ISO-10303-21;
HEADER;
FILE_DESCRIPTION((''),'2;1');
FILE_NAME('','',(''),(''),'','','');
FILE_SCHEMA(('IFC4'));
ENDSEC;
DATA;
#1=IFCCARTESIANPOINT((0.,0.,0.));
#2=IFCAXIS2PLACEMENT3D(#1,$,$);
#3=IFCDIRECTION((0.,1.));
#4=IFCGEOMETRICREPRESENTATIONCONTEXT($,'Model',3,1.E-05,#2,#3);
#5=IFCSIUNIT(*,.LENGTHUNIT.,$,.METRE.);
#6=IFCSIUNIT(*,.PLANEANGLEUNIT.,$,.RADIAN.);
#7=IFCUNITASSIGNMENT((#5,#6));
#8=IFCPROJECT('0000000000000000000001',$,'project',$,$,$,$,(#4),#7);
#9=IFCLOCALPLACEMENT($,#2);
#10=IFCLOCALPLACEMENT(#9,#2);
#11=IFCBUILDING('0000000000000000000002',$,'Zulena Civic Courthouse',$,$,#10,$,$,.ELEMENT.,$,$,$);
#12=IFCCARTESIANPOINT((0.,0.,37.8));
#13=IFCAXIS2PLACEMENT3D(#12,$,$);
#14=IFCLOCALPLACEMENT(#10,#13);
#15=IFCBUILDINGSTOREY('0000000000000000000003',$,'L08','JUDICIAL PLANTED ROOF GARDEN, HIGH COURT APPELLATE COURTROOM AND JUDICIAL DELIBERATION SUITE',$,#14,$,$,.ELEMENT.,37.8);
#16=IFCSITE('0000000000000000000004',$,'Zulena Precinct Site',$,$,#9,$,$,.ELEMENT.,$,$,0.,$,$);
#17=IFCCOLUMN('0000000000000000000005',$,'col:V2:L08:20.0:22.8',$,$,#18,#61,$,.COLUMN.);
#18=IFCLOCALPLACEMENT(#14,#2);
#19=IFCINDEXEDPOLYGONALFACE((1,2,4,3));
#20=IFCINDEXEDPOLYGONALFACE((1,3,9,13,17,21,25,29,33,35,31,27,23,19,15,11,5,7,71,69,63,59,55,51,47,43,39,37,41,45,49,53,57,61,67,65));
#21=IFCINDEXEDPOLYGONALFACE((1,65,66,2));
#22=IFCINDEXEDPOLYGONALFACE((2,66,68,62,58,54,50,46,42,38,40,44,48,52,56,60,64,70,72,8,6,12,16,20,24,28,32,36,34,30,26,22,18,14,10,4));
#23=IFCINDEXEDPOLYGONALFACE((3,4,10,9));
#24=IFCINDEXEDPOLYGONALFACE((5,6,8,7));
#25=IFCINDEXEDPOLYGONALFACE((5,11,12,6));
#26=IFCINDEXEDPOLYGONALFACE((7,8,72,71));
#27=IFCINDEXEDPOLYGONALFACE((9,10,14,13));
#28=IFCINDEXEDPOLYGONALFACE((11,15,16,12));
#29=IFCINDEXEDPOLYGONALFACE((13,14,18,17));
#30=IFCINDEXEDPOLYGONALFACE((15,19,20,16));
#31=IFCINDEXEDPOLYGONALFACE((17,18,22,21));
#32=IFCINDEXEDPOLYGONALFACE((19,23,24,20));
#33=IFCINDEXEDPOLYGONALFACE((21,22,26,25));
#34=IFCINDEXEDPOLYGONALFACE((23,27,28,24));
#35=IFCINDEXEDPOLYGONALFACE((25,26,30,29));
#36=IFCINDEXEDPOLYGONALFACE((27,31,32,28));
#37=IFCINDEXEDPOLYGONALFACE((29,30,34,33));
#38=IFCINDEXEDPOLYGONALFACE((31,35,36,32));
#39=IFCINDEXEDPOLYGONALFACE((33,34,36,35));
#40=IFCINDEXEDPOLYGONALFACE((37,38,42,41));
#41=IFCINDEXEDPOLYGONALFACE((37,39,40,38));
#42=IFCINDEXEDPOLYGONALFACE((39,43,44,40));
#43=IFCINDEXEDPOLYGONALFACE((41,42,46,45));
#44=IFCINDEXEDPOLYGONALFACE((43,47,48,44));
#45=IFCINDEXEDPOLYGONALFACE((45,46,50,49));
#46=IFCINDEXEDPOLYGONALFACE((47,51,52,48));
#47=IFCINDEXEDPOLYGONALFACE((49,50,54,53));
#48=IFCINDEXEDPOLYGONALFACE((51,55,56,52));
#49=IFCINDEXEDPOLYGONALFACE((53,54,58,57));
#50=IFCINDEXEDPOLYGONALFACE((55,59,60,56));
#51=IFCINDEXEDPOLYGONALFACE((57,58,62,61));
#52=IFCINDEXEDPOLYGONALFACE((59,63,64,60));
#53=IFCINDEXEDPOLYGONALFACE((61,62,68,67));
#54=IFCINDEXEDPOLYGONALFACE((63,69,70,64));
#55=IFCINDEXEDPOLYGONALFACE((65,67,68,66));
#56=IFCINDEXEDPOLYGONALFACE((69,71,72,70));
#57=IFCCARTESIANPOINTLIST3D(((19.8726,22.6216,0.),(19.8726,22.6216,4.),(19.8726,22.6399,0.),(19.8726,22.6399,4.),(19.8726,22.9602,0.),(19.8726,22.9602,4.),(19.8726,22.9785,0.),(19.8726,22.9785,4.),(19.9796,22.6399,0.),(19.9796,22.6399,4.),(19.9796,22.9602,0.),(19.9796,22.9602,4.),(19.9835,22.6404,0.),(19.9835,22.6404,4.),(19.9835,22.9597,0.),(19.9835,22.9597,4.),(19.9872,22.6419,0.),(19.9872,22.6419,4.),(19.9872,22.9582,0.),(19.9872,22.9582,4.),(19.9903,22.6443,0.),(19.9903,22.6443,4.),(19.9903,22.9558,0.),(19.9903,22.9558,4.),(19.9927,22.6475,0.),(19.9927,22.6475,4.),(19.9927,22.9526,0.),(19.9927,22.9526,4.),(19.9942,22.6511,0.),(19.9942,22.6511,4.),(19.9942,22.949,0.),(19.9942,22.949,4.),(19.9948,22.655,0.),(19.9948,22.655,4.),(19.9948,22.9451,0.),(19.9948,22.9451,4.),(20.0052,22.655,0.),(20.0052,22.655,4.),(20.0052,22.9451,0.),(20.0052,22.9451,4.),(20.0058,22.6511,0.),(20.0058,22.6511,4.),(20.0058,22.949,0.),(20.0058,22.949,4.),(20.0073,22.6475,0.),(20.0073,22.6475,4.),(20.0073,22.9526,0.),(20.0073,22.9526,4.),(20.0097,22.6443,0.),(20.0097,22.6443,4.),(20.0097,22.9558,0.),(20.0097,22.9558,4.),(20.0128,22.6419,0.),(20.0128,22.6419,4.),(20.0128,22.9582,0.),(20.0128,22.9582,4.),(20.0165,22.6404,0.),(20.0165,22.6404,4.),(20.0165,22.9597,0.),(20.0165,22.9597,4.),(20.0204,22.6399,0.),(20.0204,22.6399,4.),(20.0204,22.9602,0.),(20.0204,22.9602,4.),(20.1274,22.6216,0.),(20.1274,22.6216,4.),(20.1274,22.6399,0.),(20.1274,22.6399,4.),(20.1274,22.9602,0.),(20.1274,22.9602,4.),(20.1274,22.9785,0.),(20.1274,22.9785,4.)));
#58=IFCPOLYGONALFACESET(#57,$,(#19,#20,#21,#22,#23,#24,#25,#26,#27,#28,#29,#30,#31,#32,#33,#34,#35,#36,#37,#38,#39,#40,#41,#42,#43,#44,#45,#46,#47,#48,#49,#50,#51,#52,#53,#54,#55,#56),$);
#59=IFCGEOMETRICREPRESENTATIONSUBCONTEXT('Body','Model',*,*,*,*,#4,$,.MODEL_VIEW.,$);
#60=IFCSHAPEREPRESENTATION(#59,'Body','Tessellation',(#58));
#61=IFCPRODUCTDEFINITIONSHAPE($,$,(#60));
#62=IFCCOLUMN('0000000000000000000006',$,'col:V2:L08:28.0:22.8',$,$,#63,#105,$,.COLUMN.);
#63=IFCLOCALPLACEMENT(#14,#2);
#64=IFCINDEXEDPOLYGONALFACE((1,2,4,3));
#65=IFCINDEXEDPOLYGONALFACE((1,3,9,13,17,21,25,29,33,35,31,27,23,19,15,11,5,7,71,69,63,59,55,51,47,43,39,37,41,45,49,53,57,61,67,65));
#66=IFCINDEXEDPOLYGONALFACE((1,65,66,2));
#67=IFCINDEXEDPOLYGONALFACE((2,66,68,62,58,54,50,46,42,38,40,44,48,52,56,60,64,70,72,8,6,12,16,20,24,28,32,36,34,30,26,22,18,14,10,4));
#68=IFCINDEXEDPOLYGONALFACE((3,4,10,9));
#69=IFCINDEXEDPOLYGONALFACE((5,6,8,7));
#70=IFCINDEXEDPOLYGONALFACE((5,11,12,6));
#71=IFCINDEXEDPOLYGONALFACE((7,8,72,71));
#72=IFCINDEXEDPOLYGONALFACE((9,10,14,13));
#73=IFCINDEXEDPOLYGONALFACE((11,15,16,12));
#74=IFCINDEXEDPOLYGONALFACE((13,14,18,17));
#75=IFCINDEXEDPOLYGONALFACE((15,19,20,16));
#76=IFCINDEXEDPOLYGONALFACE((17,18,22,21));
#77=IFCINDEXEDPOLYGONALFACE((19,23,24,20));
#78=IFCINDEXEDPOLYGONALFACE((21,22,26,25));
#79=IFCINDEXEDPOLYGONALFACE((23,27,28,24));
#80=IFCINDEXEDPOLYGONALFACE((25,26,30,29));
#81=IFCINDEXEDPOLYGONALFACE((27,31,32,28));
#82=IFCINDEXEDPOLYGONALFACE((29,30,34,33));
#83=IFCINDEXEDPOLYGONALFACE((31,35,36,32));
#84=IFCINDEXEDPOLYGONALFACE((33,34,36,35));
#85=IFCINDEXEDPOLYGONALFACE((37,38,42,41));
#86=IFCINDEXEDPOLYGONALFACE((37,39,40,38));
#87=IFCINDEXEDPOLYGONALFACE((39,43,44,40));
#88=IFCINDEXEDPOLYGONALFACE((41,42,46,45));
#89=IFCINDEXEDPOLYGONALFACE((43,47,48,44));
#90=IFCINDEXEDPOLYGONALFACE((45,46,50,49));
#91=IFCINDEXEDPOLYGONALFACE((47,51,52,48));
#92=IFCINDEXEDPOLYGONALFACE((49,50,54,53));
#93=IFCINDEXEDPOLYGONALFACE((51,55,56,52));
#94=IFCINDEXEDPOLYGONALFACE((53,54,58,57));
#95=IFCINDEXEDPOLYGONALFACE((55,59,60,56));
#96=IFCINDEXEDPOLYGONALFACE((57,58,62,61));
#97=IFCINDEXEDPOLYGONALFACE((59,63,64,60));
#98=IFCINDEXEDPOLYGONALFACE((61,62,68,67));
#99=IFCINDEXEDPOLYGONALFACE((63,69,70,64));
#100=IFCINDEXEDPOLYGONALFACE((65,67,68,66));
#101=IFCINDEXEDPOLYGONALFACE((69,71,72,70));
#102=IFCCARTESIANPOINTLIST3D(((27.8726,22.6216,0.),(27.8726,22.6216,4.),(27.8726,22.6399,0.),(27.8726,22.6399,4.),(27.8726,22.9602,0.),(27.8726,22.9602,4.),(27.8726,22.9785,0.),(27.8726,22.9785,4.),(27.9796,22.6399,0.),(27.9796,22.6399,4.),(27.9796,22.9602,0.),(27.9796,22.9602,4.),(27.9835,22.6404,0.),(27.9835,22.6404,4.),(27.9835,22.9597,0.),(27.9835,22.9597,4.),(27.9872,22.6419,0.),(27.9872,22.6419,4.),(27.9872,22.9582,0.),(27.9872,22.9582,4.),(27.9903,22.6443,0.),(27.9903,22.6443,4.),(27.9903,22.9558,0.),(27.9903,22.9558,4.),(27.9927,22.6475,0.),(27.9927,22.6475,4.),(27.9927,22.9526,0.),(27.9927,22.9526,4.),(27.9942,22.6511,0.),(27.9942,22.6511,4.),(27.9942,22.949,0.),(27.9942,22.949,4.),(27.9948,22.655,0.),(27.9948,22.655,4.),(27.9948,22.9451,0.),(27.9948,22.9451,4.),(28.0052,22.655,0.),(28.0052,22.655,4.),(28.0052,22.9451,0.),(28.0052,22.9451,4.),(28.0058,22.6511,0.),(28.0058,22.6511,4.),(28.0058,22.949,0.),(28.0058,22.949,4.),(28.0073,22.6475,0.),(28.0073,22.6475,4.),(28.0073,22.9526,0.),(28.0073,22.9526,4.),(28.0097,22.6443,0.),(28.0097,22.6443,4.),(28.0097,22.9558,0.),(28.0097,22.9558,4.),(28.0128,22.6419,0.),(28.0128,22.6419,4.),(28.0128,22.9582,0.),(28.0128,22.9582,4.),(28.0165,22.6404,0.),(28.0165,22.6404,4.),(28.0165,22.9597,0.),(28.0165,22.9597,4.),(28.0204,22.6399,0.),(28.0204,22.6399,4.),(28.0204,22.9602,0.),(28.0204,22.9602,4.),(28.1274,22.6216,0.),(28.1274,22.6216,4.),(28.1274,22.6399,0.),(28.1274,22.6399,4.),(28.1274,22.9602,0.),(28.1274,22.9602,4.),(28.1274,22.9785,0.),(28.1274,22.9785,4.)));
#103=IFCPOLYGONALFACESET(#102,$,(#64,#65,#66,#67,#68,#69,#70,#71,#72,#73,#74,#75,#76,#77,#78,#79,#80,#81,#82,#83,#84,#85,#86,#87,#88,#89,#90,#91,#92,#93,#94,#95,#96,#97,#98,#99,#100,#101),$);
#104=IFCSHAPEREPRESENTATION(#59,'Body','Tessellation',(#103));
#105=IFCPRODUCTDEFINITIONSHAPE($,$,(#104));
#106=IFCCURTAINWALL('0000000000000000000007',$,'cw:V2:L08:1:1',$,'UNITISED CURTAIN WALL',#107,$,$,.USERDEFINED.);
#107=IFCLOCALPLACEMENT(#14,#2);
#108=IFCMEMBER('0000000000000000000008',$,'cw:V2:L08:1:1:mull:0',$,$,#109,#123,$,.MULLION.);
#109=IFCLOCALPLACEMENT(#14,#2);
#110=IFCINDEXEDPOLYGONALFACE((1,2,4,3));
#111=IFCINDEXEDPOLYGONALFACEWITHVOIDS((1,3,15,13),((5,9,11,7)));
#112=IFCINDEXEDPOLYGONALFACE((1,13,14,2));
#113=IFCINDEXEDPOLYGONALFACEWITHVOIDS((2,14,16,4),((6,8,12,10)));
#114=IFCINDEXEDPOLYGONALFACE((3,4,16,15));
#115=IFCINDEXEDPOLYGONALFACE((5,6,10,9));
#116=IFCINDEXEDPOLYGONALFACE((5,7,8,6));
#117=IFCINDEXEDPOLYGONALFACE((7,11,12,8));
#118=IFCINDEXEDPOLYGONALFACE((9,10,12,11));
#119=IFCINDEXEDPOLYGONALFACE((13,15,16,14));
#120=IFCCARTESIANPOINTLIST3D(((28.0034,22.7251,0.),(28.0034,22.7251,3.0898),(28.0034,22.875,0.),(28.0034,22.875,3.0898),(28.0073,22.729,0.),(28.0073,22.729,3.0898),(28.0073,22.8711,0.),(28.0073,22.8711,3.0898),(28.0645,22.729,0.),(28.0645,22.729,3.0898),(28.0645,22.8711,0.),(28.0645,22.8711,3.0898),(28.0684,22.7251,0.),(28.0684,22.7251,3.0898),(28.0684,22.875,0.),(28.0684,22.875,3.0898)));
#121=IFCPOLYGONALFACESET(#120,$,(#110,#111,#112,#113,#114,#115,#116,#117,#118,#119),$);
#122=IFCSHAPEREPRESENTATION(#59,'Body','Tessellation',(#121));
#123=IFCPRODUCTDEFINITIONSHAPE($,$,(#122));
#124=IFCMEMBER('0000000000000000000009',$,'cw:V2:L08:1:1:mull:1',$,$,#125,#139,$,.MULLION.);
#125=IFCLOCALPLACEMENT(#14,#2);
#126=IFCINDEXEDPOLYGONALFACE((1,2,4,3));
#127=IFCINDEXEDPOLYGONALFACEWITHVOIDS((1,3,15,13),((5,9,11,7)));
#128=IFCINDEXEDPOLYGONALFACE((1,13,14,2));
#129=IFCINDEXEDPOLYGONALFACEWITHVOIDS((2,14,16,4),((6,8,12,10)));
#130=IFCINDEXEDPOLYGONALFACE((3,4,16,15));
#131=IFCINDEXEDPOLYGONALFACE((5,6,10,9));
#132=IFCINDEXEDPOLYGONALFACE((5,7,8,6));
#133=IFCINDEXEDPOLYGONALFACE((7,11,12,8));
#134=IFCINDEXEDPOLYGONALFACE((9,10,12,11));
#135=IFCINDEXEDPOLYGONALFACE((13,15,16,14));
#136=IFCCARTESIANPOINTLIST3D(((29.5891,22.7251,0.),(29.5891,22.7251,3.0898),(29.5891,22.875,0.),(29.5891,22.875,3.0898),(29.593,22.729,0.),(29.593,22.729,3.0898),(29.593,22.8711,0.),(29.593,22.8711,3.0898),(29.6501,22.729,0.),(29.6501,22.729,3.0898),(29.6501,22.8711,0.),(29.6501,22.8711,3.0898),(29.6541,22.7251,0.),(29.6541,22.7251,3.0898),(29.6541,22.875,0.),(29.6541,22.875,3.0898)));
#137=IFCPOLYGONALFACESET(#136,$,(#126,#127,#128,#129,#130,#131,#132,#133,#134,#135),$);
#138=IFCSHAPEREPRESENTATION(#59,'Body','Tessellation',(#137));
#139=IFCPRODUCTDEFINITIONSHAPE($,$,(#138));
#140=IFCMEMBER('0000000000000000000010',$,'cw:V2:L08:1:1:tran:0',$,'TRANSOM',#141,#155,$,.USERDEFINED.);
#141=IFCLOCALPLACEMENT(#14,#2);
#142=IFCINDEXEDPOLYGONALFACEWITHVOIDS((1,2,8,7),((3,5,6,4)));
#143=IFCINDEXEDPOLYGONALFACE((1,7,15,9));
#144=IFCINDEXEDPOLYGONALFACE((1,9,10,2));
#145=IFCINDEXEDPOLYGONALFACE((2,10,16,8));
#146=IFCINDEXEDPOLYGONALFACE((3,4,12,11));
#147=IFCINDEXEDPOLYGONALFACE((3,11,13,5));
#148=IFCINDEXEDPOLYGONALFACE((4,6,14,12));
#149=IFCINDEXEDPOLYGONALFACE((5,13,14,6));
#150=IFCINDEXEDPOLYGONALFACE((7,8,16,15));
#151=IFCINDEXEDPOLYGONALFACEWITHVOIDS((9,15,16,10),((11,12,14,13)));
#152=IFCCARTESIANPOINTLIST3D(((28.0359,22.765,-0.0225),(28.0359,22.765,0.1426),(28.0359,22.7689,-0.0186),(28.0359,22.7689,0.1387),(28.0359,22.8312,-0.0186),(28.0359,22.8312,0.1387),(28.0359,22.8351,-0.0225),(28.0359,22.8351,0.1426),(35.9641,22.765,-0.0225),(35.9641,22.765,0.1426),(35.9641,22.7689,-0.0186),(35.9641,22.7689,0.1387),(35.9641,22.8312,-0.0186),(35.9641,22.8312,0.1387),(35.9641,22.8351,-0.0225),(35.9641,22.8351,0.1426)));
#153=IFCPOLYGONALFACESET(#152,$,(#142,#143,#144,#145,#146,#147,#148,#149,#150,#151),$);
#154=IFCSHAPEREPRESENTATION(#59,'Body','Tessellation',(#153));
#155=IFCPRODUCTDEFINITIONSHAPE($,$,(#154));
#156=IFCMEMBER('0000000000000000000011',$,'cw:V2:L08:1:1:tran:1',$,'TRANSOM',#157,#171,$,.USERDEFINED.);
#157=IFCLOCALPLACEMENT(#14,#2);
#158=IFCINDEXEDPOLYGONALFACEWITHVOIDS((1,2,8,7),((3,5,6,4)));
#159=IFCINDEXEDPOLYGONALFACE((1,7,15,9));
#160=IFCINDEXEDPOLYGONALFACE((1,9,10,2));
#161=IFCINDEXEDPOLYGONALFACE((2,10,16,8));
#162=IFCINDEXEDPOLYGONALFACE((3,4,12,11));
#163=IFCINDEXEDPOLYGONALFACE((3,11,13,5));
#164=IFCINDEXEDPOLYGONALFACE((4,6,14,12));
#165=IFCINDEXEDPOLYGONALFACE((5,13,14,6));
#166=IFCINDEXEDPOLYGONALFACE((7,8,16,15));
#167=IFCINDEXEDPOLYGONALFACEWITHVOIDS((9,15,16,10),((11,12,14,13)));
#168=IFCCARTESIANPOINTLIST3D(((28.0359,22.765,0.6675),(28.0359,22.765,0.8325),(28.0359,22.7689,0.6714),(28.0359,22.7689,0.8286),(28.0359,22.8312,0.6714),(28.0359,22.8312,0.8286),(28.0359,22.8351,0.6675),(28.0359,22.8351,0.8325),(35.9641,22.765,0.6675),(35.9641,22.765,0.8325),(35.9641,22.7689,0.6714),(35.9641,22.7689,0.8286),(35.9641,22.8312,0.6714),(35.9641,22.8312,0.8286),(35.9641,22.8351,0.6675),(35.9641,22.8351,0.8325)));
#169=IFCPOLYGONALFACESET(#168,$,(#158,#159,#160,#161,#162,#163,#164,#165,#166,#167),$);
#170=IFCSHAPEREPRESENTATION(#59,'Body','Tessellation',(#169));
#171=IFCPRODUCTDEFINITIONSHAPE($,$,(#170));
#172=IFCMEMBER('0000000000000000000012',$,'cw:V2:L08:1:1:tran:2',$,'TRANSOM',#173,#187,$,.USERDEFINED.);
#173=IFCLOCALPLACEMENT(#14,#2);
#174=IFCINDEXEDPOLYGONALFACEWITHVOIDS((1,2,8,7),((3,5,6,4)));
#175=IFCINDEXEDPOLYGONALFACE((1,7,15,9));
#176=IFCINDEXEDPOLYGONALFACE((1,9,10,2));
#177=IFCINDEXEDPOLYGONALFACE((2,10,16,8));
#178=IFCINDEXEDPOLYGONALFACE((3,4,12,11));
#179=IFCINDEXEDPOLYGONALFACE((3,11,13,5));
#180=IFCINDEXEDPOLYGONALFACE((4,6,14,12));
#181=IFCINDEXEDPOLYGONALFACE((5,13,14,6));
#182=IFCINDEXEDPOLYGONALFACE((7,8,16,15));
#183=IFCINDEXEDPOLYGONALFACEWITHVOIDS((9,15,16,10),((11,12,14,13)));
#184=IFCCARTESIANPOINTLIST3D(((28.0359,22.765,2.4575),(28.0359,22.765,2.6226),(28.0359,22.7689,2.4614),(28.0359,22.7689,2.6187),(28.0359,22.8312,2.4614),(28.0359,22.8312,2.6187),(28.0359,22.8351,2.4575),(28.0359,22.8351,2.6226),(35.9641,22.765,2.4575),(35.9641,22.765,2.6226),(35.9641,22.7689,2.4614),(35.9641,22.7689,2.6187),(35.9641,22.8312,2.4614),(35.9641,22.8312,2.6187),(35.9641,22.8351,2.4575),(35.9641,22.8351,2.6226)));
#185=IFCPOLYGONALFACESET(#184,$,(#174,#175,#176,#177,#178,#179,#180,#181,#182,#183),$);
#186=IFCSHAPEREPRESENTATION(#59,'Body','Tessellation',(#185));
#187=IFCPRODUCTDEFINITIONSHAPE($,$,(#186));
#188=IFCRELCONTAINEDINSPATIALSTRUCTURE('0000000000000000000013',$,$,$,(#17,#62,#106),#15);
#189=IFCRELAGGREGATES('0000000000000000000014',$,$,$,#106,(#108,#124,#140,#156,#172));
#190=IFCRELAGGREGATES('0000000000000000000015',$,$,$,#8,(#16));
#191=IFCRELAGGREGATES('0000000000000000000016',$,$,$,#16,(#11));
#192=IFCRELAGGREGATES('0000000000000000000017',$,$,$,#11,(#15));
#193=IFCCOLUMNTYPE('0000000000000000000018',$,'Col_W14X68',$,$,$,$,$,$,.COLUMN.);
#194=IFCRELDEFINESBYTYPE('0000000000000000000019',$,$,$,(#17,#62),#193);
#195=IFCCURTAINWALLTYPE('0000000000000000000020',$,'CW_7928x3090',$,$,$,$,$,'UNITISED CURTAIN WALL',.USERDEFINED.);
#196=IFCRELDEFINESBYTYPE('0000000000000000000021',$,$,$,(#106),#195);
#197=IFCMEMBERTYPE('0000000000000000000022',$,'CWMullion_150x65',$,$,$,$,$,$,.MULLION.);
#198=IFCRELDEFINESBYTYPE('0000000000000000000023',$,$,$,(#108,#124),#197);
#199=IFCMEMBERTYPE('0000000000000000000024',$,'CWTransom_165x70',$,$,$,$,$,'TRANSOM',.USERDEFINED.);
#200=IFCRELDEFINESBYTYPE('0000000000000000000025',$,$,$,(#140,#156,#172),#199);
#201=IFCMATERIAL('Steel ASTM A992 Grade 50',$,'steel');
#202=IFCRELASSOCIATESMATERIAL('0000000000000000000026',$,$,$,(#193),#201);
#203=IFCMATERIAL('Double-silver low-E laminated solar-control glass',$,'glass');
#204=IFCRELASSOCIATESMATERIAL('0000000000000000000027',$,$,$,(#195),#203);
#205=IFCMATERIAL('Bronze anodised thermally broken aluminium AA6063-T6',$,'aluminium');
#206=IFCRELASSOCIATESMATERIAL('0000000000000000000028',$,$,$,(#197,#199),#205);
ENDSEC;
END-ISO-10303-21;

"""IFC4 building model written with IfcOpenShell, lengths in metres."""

from ifc_helpers import new_model, si_unit, direction, frame, origin, origin_2d, place, context, subcontext, project, spatial, hollow_rectangle, i_section, extrude, material, material_profile, profile_set, type_object, element, aggregate, save


model = new_model("IFC4")

# Units and contexts
model_context = context("Model", 3, precision=1e-05, world=origin(), true_north=direction((0.0, 1.0)))
body_context = subcontext(model_context, "Body", "Model", "MODEL_VIEW")
ifc_project = project(units=[si_unit("LENGTHUNIT", "METRE"), si_unit("PLANEANGLEUNIT", "RADIAN")], contexts=[model_context])

# Site, building, storey
site_placement = place(None, origin())
site = spatial("IfcSite", under=ifc_project, at=site_placement, Name="Zulena Precinct Site", CompositionType="ELEMENT", RefElevation=0.0)
building_placement = place(site_placement, origin())
building = spatial("IfcBuilding", under=site, at=building_placement, Name="Zulena Civic Courthouse", CompositionType="ELEMENT")
storey_placement = place(building_placement, frame((0.0, 0.0, 37.8)))
storey = spatial("IfcBuildingStorey", under=building, at=storey_placement, Name="L08", Description="JUDICIAL PLANTED ROOF GARDEN, HIGH COURT APPELLATE COURTROOM AND JUDICIAL DELIBERATION SUITE", CompositionType="ELEMENT", Elevation=37.8)

# Columns
ifc_material_1 = material(Name="Steel ASTM A992 Grade 50", Category="steel")
ifc_material_profile_1 = material_profile(ifc_material_1, i_section(OverallWidth=0.2549, OverallDepth=0.3569, WebThickness=0.0105, FlangeThickness=0.0183, FilletRadius=0.0151, at=origin_2d()), Name="W14X68")
ifc_profile_set_1 = profile_set([ifc_material_profile_1], Name="Steel ASTM A992 Grade 50")
column_type_1 = type_object("IfcColumnType", Name="Col_W14X68", PredefinedType="COLUMN", material=ifc_profile_set_1)
for number, where, z_axis, x_axis, name in (
    (1, (20.0, 22.8, 0.0), (0.0, 0.0, 1.0), (1.0, 0.0, 0.0), "col:V2:L08:20.0:22.8"),
    (2, (28.0, 22.8, 0.0), (0.0, 0.0, 1.0), (1.0, 0.0, 0.0), "col:V2:L08:28.0:22.8"),
):
    element("IfcColumn", number, at=place(storey_placement, frame(where, z_axis=z_axis, x_axis=x_axis)), inside=storey, type_object=column_type_1, Name=name, PredefinedType="COLUMN", context=body_context, shape_type="SweptSolid", body=[
        extrude(i_section(OverallWidth=0.2549, OverallDepth=0.3569, WebThickness=0.0105, FlangeThickness=0.0183, FilletRadius=0.0151, at=origin_2d()), origin(), (0.0, 0.0, 1.0), 4.0),
    ])

# Curtain wall, members
ifc_material_2 = material(Name="Double-silver low-E laminated solar-control glass", Category="glass")
curtain_wall_type = type_object("IfcCurtainWallType", Name="CW_7928x3090", ElementType="UNITISED CURTAIN WALL", PredefinedType="USERDEFINED", material=ifc_material_2)
curtain_wall_placement = place(storey_placement, origin())
curtain_wall = element("IfcCurtainWall", 3, at=curtain_wall_placement, inside=storey, type_object=curtain_wall_type, Name="cw:V2:L08:1:1", ObjectType="UNITISED CURTAIN WALL", PredefinedType="USERDEFINED")
ifc_material_3 = material(Name="Bronze anodised thermally broken aluminium AA6063-T6", Category="aluminium")
ifc_material_profile_2 = material_profile(ifc_material_3, hollow_rectangle(XDim=0.0649, YDim=0.1499, WallThickness=0.0039, at=origin_2d()), Name="CWM150X65X4")
ifc_profile_set_2 = profile_set([ifc_material_profile_2], Name="Bronze anodised thermally broken aluminium AA6063-T6")
member_type_1 = type_object("IfcMemberType", Name="CWMullion_150x65", PredefinedType="MULLION", material=ifc_profile_set_2)
member_1_placement = place(storey_placement, frame((28.0359, 22.8, 0.0), z_axis=(0.0, 0.0, 1.0), x_axis=(1.0, 0.0, 0.0)))
member_1 = element("IfcMember", 4, at=member_1_placement, type_object=member_type_1, Name="cw:V2:L08:1:1:mull:0", PredefinedType="MULLION", context=body_context, shape_type="SweptSolid", body=[
    extrude(hollow_rectangle(XDim=0.0649, YDim=0.1499, WallThickness=0.0039, at=origin_2d()), origin(), (0.0, 0.0, 1.0), 3.0898),
])
member_2_placement = place(storey_placement, frame((29.6216, 22.8, 0.0), z_axis=(0.0, 0.0, 1.0), x_axis=(1.0, 0.0, 0.0)))
member_2 = element("IfcMember", 5, at=member_2_placement, type_object=member_type_1, Name="cw:V2:L08:1:1:mull:1", PredefinedType="MULLION", context=body_context, shape_type="SweptSolid", body=[
    extrude(hollow_rectangle(XDim=0.0649, YDim=0.1499, WallThickness=0.0039, at=origin_2d()), origin(), (0.0, 0.0, 1.0), 3.0898),
])
ifc_material_profile_3 = material_profile(ifc_material_3, hollow_rectangle(XDim=0.0701, YDim=0.165, WallThickness=0.0039, at=origin_2d()), Name="CWT165X70X4")
ifc_profile_set_3 = profile_set([ifc_material_profile_3], Name="Bronze anodised thermally broken aluminium AA6063-T6")
member_type_2 = type_object("IfcMemberType", Name="CWTransom_165x70", ElementType="TRANSOM", PredefinedType="USERDEFINED", material=ifc_profile_set_3)
member_3_placement = place(storey_placement, frame((28.0359, 22.8, 0.0601), z_axis=(1.0, 0.0, 0.0), x_axis=(0.0, 1.0, 0.0)))
member_3 = element("IfcMember", 6, at=member_3_placement, type_object=member_type_2, Name="cw:V2:L08:1:1:tran:0", ObjectType="TRANSOM", PredefinedType="USERDEFINED", context=body_context, shape_type="SweptSolid", body=[
    extrude(hollow_rectangle(XDim=0.0701, YDim=0.165, WallThickness=0.0039, at=origin_2d()), origin(), (0.0, 0.0, 1.0), 7.9282),
])
member_4_placement = place(storey_placement, frame((28.0359, 22.8, 0.75), z_axis=(1.0, 0.0, 0.0), x_axis=(0.0, 1.0, 0.0)))
member_4 = element("IfcMember", 7, at=member_4_placement, type_object=member_type_2, Name="cw:V2:L08:1:1:tran:1", ObjectType="TRANSOM", PredefinedType="USERDEFINED", context=body_context, shape_type="SweptSolid", body=[
    extrude(hollow_rectangle(XDim=0.0701, YDim=0.165, WallThickness=0.0039, at=origin_2d()), origin(), (0.0, 0.0, 1.0), 7.9282),
])
member_5_placement = place(storey_placement, frame((28.0359, 22.8, 2.54), z_axis=(1.0, 0.0, 0.0), x_axis=(0.0, 1.0, 0.0)))
member_5 = element("IfcMember", 8, at=member_5_placement, type_object=member_type_2, Name="cw:V2:L08:1:1:tran:2", ObjectType="TRANSOM", PredefinedType="USERDEFINED", context=body_context, shape_type="SweptSolid", body=[
    extrude(hollow_rectangle(XDim=0.0701, YDim=0.165, WallThickness=0.0039, at=origin_2d()), origin(), (0.0, 0.0, 1.0), 7.9282),
])

aggregate(curtain_wall, [member_1, member_2, member_3, member_4, member_5])

save(model, "model.ifc")
